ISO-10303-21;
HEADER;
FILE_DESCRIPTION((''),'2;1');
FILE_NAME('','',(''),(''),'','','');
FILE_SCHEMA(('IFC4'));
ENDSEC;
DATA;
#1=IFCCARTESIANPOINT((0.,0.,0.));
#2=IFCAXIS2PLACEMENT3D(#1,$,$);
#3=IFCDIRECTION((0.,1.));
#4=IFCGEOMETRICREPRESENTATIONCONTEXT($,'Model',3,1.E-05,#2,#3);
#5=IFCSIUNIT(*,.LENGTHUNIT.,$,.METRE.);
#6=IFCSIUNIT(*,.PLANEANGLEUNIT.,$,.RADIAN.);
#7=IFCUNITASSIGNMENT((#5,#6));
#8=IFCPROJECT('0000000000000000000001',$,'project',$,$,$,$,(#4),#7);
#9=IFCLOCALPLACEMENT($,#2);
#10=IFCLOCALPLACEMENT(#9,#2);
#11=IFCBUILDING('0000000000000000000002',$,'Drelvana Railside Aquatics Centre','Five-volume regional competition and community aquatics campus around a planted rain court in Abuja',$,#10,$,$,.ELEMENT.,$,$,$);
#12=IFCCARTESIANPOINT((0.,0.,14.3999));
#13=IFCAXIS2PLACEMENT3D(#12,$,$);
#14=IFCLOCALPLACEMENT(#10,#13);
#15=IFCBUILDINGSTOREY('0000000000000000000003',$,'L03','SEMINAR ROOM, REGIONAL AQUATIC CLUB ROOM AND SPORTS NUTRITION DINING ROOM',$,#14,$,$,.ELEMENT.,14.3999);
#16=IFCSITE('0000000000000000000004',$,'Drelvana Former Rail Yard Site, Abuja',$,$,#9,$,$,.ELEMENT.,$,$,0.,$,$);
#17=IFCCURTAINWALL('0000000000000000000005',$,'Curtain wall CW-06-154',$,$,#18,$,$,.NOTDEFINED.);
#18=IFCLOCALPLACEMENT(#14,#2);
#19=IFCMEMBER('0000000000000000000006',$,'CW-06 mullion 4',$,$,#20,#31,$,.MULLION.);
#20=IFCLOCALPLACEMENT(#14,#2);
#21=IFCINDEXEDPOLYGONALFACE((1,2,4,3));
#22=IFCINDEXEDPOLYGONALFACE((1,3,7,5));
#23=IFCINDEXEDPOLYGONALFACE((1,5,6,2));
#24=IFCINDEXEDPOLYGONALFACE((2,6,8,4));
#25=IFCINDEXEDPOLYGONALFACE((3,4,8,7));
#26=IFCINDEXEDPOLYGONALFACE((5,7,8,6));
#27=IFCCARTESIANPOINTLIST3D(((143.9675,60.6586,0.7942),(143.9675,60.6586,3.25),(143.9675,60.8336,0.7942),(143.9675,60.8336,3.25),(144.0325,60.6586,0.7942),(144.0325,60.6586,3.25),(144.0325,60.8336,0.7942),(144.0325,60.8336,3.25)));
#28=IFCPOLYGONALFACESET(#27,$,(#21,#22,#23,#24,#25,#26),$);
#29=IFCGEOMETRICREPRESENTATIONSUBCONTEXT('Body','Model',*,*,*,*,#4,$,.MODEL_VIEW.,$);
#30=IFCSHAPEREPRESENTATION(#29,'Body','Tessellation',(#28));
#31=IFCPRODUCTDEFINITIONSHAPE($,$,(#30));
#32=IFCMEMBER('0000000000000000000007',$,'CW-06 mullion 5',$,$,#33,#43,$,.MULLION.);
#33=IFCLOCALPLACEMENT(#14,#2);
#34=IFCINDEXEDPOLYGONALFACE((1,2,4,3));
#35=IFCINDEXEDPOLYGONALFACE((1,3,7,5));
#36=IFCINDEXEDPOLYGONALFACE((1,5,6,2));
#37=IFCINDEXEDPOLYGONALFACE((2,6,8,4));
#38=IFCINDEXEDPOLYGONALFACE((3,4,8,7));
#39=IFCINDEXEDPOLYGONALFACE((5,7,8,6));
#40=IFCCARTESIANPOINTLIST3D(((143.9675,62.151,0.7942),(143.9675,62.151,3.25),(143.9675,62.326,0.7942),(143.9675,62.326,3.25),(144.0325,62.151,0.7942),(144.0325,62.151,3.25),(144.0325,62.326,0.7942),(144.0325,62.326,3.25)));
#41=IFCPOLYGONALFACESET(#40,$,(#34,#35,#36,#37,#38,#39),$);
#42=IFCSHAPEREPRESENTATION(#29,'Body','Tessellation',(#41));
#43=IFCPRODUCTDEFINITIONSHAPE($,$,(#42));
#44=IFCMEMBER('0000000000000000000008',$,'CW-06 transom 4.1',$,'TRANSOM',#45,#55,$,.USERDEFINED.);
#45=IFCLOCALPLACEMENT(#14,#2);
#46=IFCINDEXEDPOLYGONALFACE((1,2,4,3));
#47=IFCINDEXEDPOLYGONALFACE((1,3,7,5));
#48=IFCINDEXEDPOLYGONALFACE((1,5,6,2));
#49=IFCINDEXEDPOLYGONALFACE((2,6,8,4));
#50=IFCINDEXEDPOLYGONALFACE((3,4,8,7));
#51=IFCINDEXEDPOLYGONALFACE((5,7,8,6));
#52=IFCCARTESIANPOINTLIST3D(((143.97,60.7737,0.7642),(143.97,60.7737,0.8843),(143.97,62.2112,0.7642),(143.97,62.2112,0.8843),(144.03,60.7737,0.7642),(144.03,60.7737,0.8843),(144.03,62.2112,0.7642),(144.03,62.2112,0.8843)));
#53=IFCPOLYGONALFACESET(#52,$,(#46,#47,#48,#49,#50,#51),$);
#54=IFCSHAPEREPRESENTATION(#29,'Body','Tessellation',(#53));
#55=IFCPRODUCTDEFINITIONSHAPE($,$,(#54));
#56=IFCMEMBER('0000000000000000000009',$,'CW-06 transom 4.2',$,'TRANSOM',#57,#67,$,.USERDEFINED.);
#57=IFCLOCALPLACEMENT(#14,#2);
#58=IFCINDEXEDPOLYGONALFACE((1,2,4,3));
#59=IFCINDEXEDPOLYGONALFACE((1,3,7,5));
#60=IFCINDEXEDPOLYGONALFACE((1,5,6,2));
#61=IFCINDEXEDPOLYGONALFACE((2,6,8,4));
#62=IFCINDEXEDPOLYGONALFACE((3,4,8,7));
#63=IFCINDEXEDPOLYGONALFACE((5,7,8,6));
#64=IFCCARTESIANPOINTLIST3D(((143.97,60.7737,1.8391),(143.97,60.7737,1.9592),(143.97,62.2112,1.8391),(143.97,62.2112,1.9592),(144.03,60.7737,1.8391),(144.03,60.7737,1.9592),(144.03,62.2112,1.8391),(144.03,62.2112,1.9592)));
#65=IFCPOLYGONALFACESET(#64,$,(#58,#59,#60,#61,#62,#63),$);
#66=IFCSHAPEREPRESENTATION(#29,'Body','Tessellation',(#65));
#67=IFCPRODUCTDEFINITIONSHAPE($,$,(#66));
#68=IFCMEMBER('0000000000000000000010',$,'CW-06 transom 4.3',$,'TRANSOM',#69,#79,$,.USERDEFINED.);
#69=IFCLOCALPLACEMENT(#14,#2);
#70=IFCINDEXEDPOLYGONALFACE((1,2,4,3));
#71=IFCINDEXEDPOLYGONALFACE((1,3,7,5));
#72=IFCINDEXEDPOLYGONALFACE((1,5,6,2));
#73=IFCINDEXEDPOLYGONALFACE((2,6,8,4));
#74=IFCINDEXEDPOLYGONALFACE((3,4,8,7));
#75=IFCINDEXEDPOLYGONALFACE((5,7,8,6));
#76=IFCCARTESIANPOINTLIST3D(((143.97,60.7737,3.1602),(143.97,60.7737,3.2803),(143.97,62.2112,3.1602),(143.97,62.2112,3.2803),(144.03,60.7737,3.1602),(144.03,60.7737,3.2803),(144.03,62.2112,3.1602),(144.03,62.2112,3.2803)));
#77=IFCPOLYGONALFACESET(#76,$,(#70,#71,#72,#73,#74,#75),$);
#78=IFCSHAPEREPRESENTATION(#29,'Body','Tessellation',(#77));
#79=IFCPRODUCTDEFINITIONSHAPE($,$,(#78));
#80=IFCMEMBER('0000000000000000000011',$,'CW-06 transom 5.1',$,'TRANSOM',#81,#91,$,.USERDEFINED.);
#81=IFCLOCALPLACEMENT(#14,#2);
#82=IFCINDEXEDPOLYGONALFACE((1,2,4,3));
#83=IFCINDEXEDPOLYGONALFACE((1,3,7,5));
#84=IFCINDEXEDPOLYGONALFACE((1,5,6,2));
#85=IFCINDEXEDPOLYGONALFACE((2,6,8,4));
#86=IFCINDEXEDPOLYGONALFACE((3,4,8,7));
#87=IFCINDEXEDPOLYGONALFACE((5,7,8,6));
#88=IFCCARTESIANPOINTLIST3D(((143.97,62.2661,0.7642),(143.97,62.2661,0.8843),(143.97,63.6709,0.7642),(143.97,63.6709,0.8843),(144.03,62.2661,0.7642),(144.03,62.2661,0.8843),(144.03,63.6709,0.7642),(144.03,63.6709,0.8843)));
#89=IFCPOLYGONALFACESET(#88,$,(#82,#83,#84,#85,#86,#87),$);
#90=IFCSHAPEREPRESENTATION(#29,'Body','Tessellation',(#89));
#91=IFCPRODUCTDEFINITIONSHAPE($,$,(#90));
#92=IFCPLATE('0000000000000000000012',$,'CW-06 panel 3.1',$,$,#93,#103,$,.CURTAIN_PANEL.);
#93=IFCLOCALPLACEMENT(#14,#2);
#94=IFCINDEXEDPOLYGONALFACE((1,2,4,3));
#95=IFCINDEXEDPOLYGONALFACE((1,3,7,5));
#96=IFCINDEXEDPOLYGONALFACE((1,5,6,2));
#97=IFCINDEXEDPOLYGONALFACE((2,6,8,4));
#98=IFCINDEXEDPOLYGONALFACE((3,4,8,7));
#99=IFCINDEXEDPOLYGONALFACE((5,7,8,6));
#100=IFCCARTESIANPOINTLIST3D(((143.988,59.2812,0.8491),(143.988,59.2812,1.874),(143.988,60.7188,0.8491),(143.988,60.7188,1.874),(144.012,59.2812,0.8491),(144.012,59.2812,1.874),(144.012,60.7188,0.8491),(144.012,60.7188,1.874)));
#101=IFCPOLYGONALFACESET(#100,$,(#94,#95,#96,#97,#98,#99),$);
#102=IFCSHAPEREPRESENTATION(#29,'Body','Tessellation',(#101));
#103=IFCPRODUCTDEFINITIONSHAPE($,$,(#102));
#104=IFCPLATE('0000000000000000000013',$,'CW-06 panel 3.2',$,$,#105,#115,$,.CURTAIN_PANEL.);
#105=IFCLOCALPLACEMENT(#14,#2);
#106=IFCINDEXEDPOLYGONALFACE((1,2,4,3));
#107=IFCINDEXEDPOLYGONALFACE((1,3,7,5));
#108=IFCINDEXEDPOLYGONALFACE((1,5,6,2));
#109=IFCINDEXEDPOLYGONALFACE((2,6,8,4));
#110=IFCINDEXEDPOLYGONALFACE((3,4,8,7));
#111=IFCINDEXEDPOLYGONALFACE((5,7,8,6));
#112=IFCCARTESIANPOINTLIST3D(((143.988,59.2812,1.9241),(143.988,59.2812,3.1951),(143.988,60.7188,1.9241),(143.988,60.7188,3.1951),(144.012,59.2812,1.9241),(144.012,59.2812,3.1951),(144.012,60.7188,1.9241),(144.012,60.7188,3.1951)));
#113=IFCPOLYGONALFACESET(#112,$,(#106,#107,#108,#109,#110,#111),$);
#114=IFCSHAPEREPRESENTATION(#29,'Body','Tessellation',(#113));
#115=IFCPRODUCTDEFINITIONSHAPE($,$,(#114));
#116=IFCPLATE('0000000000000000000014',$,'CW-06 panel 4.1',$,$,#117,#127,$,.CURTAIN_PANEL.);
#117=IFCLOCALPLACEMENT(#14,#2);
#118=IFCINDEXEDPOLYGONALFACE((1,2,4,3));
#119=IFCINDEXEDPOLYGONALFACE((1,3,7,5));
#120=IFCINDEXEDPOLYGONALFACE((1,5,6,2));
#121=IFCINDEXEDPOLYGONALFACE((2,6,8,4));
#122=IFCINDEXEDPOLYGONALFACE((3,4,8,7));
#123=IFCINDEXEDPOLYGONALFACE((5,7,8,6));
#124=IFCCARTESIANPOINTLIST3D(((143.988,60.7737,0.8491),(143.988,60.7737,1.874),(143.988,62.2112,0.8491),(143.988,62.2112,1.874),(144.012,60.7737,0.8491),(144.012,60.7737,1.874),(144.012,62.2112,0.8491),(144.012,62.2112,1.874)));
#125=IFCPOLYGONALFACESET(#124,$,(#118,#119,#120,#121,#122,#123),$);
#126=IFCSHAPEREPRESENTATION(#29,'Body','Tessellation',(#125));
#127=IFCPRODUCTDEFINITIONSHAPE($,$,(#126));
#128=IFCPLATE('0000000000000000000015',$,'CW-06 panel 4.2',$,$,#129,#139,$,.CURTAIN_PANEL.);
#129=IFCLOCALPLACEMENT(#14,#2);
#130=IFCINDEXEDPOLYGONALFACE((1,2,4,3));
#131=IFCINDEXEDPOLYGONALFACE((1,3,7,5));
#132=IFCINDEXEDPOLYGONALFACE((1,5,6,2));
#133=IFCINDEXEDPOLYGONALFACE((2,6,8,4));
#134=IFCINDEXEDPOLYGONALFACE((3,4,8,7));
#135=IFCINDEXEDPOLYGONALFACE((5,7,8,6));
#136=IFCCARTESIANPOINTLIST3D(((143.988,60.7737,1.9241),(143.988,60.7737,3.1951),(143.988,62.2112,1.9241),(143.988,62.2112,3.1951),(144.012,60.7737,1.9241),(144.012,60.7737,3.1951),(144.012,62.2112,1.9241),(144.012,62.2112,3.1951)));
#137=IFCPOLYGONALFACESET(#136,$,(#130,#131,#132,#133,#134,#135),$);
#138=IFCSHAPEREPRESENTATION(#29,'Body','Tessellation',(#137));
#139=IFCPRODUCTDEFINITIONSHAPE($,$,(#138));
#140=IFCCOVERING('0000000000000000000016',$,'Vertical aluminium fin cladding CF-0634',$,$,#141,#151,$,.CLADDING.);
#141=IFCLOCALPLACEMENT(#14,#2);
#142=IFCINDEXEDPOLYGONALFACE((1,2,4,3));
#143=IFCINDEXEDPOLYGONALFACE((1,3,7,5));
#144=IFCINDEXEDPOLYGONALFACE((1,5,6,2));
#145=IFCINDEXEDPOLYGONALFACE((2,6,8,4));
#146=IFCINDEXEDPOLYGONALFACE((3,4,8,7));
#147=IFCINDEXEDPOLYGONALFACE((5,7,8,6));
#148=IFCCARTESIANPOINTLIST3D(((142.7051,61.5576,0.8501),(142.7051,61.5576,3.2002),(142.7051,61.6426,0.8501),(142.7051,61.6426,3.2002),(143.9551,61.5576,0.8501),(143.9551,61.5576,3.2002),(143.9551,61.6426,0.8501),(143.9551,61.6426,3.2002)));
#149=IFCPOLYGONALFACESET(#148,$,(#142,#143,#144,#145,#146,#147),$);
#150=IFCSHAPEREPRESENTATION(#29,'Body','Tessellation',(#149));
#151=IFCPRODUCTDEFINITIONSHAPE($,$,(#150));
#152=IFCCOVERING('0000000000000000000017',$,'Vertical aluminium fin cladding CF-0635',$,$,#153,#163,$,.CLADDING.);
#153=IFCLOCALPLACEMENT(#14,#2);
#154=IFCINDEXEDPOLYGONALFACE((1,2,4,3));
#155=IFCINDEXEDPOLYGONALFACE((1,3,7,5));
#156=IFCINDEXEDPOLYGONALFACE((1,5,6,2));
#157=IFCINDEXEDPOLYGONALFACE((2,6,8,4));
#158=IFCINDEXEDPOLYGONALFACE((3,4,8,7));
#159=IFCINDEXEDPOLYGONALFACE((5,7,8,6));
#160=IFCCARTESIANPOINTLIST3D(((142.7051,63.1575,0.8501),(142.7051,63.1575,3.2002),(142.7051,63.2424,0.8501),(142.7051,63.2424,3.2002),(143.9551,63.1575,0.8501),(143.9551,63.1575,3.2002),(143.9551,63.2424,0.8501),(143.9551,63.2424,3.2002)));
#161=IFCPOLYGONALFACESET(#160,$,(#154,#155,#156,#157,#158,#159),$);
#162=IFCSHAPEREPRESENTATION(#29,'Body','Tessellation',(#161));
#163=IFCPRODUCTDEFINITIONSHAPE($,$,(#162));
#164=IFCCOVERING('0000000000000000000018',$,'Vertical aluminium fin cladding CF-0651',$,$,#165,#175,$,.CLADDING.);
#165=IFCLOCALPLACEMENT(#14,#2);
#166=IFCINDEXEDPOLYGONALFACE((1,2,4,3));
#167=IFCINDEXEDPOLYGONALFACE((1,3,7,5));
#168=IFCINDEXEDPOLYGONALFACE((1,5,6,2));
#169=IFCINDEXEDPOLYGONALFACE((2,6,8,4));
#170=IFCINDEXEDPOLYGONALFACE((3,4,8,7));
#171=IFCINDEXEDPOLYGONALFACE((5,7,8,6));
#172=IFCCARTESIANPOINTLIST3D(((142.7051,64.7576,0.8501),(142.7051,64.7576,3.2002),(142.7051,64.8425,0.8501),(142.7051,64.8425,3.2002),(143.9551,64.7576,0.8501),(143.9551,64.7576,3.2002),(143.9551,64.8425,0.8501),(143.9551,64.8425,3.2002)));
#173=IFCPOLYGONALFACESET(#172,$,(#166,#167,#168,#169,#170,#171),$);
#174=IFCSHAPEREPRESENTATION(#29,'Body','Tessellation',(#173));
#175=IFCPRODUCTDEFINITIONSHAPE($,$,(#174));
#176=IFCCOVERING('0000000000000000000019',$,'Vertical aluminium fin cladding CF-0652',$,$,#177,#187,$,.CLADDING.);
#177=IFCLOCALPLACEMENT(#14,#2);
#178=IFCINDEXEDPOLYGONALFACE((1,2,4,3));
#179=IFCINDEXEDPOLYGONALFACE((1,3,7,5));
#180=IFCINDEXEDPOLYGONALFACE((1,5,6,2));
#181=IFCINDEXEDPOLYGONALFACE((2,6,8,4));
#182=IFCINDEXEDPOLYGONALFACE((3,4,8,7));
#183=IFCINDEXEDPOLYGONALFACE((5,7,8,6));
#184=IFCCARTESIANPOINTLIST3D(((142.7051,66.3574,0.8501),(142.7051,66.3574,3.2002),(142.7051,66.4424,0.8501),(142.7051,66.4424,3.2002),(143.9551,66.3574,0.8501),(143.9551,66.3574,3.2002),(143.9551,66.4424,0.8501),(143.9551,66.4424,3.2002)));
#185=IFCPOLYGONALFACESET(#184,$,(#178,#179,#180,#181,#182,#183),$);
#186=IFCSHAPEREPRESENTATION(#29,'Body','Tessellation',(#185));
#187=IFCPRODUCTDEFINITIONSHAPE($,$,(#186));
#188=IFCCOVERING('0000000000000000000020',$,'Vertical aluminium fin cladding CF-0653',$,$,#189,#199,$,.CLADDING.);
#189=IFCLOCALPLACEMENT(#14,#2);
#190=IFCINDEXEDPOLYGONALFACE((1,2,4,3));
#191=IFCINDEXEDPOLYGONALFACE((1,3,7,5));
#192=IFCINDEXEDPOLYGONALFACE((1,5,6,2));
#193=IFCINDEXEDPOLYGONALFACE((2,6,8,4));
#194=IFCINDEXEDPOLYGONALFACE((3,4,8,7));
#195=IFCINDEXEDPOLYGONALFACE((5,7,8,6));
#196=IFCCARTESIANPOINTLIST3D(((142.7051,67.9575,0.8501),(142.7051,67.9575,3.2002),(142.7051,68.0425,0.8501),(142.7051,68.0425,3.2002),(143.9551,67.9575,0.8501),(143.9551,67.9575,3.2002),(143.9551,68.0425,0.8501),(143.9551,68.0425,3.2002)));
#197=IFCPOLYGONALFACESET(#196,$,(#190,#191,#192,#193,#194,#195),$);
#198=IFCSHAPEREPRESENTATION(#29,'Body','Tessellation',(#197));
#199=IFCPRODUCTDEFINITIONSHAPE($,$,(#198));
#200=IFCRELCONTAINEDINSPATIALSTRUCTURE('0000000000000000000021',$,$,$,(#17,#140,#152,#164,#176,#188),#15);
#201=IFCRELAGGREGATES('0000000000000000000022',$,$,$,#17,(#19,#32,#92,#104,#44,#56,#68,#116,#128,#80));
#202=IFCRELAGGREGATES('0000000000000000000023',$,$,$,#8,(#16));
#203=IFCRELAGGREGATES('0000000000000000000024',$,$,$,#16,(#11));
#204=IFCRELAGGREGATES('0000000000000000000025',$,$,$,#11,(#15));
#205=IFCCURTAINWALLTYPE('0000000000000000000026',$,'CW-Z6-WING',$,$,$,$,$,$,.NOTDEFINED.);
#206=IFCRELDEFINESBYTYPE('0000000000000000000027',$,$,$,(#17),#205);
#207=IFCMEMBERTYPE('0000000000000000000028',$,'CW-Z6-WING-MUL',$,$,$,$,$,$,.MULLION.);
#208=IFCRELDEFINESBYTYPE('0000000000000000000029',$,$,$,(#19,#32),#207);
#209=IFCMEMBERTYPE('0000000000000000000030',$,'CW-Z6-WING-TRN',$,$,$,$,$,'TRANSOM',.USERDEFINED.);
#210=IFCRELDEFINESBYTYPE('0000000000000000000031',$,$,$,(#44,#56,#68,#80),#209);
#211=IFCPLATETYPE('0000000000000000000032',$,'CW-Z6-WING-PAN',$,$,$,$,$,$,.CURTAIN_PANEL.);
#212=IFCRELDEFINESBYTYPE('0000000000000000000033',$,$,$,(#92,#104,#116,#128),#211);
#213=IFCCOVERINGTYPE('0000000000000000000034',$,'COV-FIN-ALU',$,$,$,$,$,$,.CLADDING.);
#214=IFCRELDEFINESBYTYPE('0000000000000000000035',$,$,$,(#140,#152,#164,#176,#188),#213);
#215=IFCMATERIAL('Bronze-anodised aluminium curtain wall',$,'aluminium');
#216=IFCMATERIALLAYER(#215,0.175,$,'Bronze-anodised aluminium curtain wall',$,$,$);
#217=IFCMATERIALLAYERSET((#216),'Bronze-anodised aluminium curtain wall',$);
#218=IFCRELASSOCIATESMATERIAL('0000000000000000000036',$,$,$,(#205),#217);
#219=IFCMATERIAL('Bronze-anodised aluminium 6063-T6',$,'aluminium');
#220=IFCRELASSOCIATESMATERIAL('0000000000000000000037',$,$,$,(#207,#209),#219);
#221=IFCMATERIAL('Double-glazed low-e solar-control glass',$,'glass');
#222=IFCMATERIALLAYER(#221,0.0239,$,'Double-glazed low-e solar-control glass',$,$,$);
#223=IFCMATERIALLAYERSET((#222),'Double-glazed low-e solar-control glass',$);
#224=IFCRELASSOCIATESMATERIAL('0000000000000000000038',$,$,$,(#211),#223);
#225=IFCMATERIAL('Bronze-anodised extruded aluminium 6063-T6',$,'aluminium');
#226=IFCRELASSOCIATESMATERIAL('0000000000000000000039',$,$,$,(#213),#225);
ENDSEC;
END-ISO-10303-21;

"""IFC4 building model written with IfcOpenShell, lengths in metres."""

from ifc_helpers import new_model, si_unit, direction, frame, origin, origin_2d, place, context, subcontext, project, spatial, rectangle, extrude, material, layer, layer_set, material_profile, profile_set, type_object, element, aggregate, save


model = new_model("IFC4")

# Units and contexts
model_context = context("Model", 3, precision=1e-05, world=origin(), true_north=direction((0.0, 1.0)))
body_context = subcontext(model_context, "Body", "Model", "MODEL_VIEW")
ifc_project = project(units=[si_unit("LENGTHUNIT", "METRE"), si_unit("PLANEANGLEUNIT", "RADIAN")], contexts=[model_context])

# Site, building, storey
site_placement = place(None, origin())
site = spatial("IfcSite", under=ifc_project, at=site_placement, Name="Drelvana Former Rail Yard Site, Abuja", CompositionType="ELEMENT", RefElevation=0.0)
building_placement = place(site_placement, origin())
building = spatial("IfcBuilding", under=site, at=building_placement, Name="Drelvana Railside Aquatics Centre", Description="Five-volume regional competition and community aquatics campus around a planted rain court in Abuja", CompositionType="ELEMENT")
storey_placement = place(building_placement, frame((0.0, 0.0, 14.3999)))
storey = spatial("IfcBuildingStorey", under=building, at=storey_placement, Name="L03", Description="SEMINAR ROOM, REGIONAL AQUATIC CLUB ROOM AND SPORTS NUTRITION DINING ROOM", CompositionType="ELEMENT", Elevation=14.3999)

# Curtain wall, members, plates
ifc_material_1 = material(Name="Bronze-anodised aluminium curtain wall", Category="aluminium")
ifc_layer_1 = layer(ifc_material_1, 0.175, Name="Bronze-anodised aluminium curtain wall")
ifc_layer_set_1 = layer_set([ifc_layer_1], Name="Bronze-anodised aluminium curtain wall")
curtain_wall_type = type_object("IfcCurtainWallType", Name="CW-Z6-WING", PredefinedType="NOTDEFINED", material=ifc_layer_set_1)
curtain_wall_placement = place(storey_placement, origin())
curtain_wall = element("IfcCurtainWall", 1, at=curtain_wall_placement, inside=storey, type_object=curtain_wall_type, Name="Curtain wall CW-06-154", PredefinedType="NOTDEFINED")
ifc_material_2 = material(Name="Bronze-anodised aluminium 6063-T6", Category="aluminium")
ifc_material_profile_1 = material_profile(ifc_material_2, rectangle(XDim=0.0649, YDim=0.175, at=origin_2d()), Name="ALU-M 65x175")
ifc_profile_set_1 = profile_set([ifc_material_profile_1], Name="Bronze-anodised aluminium 6063-T6")
member_type_1 = type_object("IfcMemberType", Name="CW-Z6-WING-MUL", PredefinedType="MULLION", material=ifc_profile_set_1)
member_1_placement = place(storey_placement, frame((144.0, 60.7461, 0.7942), z_axis=(0.0, 0.0, 1.0), x_axis=(-1.0, 0.0, 0.0)))
member_1 = element("IfcMember", 2, at=member_1_placement, type_object=member_type_1, Name="CW-06 mullion 4", PredefinedType="MULLION", context=body_context, shape_type="SweptSolid", body=[
    extrude(rectangle(XDim=0.0649, YDim=0.175, at=origin_2d()), origin(), (0.0, 0.0, 1.0), 2.4558),
])
member_2_placement = place(storey_placement, frame((144.0, 62.2385, 0.7942), z_axis=(0.0, 0.0, 1.0), x_axis=(-1.0, 0.0, 0.0)))
member_2 = element("IfcMember", 3, at=member_2_placement, type_object=member_type_1, Name="CW-06 mullion 5", PredefinedType="MULLION", context=body_context, shape_type="SweptSolid", body=[
    extrude(rectangle(XDim=0.0649, YDim=0.175, at=origin_2d()), origin(), (0.0, 0.0, 1.0), 2.4558),
])
ifc_material_profile_2 = material_profile(ifc_material_2, rectangle(XDim=0.1201, YDim=0.0601, at=origin_2d()), Name="ALU-T 60x120")
ifc_profile_set_2 = profile_set([ifc_material_profile_2], Name="Bronze-anodised aluminium 6063-T6")
member_type_2 = type_object("IfcMemberType", Name="CW-Z6-WING-TRN", ElementType="TRANSOM", PredefinedType="USERDEFINED", material=ifc_profile_set_2)
member_3_placement = place(storey_placement, frame((144.0, 60.7737, 0.8242), z_axis=(0.0, 1.0, 0.0), x_axis=(0.0, 0.0, 1.0)))
member_3 = element("IfcMember", 4, at=member_3_placement, type_object=member_type_2, Name="CW-06 transom 4.1", ObjectType="TRANSOM", PredefinedType="USERDEFINED", context=body_context, shape_type="SweptSolid", body=[
    extrude(rectangle(XDim=0.1201, YDim=0.0601, at=origin_2d()), origin(), (0.0, 0.0, 1.0), 1.4375),
])
member_4_placement = place(storey_placement, frame((144.0, 60.7737, 1.8992), z_axis=(0.0, 1.0, 0.0), x_axis=(0.0, 0.0, 1.0)))
member_4 = element("IfcMember", 5, at=member_4_placement, type_object=member_type_2, Name="CW-06 transom 4.2", ObjectType="TRANSOM", PredefinedType="USERDEFINED", context=body_context, shape_type="SweptSolid", body=[
    extrude(rectangle(XDim=0.1201, YDim=0.0601, at=origin_2d()), origin(), (0.0, 0.0, 1.0), 1.4375),
])
member_5_placement = place(storey_placement, frame((144.0, 60.7737, 3.2202), z_axis=(0.0, 1.0, 0.0), x_axis=(0.0, 0.0, 1.0)))
member_5 = element("IfcMember", 6, at=member_5_placement, type_object=member_type_2, Name="CW-06 transom 4.3", ObjectType="TRANSOM", PredefinedType="USERDEFINED", context=body_context, shape_type="SweptSolid", body=[
    extrude(rectangle(XDim=0.1201, YDim=0.0601, at=origin_2d()), origin(), (0.0, 0.0, 1.0), 1.4375),
])
member_6_placement = place(storey_placement, frame((144.0, 62.2661, 0.8242), z_axis=(0.0, 1.0, 0.0), x_axis=(0.0, 0.0, 1.0)))
member_6 = element("IfcMember", 7, at=member_6_placement, type_object=member_type_2, Name="CW-06 transom 5.1", ObjectType="TRANSOM", PredefinedType="USERDEFINED", context=body_context, shape_type="SweptSolid", body=[
    extrude(rectangle(XDim=0.1201, YDim=0.0601, at=origin_2d()), origin(), (0.0, 0.0, 1.0), 1.4048),
])
ifc_material_3 = material(Name="Double-glazed low-e solar-control glass", Category="glass")
ifc_layer_2 = layer(ifc_material_3, 0.0239, Name="Double-glazed low-e solar-control glass")
ifc_layer_set_2 = layer_set([ifc_layer_2], Name="Double-glazed low-e solar-control glass")
plate_type = type_object("IfcPlateType", Name="CW-Z6-WING-PAN", PredefinedType="CURTAIN_PANEL", material=ifc_layer_set_2)
plate_1_placement = place(storey_placement, frame((144.0, 60.0, 0.8491), z_axis=(0.0, 0.0, 1.0), x_axis=(0.0, 1.0, 0.0)))
plate_1 = element("IfcPlate", 8, at=plate_1_placement, type_object=plate_type, Name="CW-06 panel 3.1", PredefinedType="CURTAIN_PANEL", context=body_context, shape_type="SweptSolid", body=[
    extrude(rectangle(XDim=1.4375, YDim=0.0239, at=origin_2d()), origin(), (0.0, 0.0, 1.0), 1.0249),
])
plate_2_placement = place(storey_placement, frame((144.0, 60.0, 1.9241), z_axis=(0.0, 0.0, 1.0), x_axis=(0.0, 1.0, 0.0)))
plate_2 = element("IfcPlate", 9, at=plate_2_placement, type_object=plate_type, Name="CW-06 panel 3.2", PredefinedType="CURTAIN_PANEL", context=body_context, shape_type="SweptSolid", body=[
    extrude(rectangle(XDim=1.4375, YDim=0.0239, at=origin_2d()), origin(), (0.0, 0.0, 1.0), 1.271),
])
plate_3_placement = place(storey_placement, frame((144.0, 61.4924, 0.8491), z_axis=(0.0, 0.0, 1.0), x_axis=(0.0, 1.0, 0.0)))
plate_3 = element("IfcPlate", 10, at=plate_3_placement, type_object=plate_type, Name="CW-06 panel 4.1", PredefinedType="CURTAIN_PANEL", context=body_context, shape_type="SweptSolid", body=[
    extrude(rectangle(XDim=1.4375, YDim=0.0239, at=origin_2d()), origin(), (0.0, 0.0, 1.0), 1.0249),
])
plate_4_placement = place(storey_placement, frame((144.0, 61.4924, 1.9241), z_axis=(0.0, 0.0, 1.0), x_axis=(0.0, 1.0, 0.0)))
plate_4 = element("IfcPlate", 11, at=plate_4_placement, type_object=plate_type, Name="CW-06 panel 4.2", PredefinedType="CURTAIN_PANEL", context=body_context, shape_type="SweptSolid", body=[
    extrude(rectangle(XDim=1.4375, YDim=0.0239, at=origin_2d()), origin(), (0.0, 0.0, 1.0), 1.271),
])
aggregate(curtain_wall, [member_1, member_2, plate_1, plate_2, member_3, member_4, member_5, plate_3, plate_4, member_6])

# Coverings
ifc_material_4 = material(Name="Bronze-anodised extruded aluminium 6063-T6", Category="aluminium")
covering_type = type_object("IfcCoveringType", Name="COV-FIN-ALU", PredefinedType="CLADDING", material=ifc_material_4)
for number, where, z_axis, x_axis, name in (
    (12, (143.3301, 61.6001, 0.8501), (0.0, 0.0, 1.0), (0.0, 1.0, 0.0), "Vertical aluminium fin cladding CF-0634"),
    (13, (143.3301, 63.2, 0.8501), (0.0, 0.0, 1.0), (0.0, 1.0, 0.0), "Vertical aluminium fin cladding CF-0635"),
    (14, (143.3301, 64.8, 0.8501), (0.0, 0.0, 1.0), (0.0, 1.0, 0.0), "Vertical aluminium fin cladding CF-0651"),
    (15, (143.3301, 66.3999, 0.8501), (0.0, 0.0, 1.0), (0.0, 1.0, 0.0), "Vertical aluminium fin cladding CF-0652"),
    (16, (143.3301, 68.0, 0.8501), (0.0, 0.0, 1.0), (0.0, 1.0, 0.0), "Vertical aluminium fin cladding CF-0653"),
):
    element("IfcCovering", number, at=place(storey_placement, frame(where, z_axis=z_axis, x_axis=x_axis)), inside=storey, type_object=covering_type, Name=name, PredefinedType="CLADDING", context=body_context, shape_type="SweptSolid", body=[
        extrude(rectangle(XDim=0.085, YDim=1.25, at=origin_2d()), origin(), (0.0, 0.0, 1.0), 2.3501),
    ])

save(model, "model.ifc")
